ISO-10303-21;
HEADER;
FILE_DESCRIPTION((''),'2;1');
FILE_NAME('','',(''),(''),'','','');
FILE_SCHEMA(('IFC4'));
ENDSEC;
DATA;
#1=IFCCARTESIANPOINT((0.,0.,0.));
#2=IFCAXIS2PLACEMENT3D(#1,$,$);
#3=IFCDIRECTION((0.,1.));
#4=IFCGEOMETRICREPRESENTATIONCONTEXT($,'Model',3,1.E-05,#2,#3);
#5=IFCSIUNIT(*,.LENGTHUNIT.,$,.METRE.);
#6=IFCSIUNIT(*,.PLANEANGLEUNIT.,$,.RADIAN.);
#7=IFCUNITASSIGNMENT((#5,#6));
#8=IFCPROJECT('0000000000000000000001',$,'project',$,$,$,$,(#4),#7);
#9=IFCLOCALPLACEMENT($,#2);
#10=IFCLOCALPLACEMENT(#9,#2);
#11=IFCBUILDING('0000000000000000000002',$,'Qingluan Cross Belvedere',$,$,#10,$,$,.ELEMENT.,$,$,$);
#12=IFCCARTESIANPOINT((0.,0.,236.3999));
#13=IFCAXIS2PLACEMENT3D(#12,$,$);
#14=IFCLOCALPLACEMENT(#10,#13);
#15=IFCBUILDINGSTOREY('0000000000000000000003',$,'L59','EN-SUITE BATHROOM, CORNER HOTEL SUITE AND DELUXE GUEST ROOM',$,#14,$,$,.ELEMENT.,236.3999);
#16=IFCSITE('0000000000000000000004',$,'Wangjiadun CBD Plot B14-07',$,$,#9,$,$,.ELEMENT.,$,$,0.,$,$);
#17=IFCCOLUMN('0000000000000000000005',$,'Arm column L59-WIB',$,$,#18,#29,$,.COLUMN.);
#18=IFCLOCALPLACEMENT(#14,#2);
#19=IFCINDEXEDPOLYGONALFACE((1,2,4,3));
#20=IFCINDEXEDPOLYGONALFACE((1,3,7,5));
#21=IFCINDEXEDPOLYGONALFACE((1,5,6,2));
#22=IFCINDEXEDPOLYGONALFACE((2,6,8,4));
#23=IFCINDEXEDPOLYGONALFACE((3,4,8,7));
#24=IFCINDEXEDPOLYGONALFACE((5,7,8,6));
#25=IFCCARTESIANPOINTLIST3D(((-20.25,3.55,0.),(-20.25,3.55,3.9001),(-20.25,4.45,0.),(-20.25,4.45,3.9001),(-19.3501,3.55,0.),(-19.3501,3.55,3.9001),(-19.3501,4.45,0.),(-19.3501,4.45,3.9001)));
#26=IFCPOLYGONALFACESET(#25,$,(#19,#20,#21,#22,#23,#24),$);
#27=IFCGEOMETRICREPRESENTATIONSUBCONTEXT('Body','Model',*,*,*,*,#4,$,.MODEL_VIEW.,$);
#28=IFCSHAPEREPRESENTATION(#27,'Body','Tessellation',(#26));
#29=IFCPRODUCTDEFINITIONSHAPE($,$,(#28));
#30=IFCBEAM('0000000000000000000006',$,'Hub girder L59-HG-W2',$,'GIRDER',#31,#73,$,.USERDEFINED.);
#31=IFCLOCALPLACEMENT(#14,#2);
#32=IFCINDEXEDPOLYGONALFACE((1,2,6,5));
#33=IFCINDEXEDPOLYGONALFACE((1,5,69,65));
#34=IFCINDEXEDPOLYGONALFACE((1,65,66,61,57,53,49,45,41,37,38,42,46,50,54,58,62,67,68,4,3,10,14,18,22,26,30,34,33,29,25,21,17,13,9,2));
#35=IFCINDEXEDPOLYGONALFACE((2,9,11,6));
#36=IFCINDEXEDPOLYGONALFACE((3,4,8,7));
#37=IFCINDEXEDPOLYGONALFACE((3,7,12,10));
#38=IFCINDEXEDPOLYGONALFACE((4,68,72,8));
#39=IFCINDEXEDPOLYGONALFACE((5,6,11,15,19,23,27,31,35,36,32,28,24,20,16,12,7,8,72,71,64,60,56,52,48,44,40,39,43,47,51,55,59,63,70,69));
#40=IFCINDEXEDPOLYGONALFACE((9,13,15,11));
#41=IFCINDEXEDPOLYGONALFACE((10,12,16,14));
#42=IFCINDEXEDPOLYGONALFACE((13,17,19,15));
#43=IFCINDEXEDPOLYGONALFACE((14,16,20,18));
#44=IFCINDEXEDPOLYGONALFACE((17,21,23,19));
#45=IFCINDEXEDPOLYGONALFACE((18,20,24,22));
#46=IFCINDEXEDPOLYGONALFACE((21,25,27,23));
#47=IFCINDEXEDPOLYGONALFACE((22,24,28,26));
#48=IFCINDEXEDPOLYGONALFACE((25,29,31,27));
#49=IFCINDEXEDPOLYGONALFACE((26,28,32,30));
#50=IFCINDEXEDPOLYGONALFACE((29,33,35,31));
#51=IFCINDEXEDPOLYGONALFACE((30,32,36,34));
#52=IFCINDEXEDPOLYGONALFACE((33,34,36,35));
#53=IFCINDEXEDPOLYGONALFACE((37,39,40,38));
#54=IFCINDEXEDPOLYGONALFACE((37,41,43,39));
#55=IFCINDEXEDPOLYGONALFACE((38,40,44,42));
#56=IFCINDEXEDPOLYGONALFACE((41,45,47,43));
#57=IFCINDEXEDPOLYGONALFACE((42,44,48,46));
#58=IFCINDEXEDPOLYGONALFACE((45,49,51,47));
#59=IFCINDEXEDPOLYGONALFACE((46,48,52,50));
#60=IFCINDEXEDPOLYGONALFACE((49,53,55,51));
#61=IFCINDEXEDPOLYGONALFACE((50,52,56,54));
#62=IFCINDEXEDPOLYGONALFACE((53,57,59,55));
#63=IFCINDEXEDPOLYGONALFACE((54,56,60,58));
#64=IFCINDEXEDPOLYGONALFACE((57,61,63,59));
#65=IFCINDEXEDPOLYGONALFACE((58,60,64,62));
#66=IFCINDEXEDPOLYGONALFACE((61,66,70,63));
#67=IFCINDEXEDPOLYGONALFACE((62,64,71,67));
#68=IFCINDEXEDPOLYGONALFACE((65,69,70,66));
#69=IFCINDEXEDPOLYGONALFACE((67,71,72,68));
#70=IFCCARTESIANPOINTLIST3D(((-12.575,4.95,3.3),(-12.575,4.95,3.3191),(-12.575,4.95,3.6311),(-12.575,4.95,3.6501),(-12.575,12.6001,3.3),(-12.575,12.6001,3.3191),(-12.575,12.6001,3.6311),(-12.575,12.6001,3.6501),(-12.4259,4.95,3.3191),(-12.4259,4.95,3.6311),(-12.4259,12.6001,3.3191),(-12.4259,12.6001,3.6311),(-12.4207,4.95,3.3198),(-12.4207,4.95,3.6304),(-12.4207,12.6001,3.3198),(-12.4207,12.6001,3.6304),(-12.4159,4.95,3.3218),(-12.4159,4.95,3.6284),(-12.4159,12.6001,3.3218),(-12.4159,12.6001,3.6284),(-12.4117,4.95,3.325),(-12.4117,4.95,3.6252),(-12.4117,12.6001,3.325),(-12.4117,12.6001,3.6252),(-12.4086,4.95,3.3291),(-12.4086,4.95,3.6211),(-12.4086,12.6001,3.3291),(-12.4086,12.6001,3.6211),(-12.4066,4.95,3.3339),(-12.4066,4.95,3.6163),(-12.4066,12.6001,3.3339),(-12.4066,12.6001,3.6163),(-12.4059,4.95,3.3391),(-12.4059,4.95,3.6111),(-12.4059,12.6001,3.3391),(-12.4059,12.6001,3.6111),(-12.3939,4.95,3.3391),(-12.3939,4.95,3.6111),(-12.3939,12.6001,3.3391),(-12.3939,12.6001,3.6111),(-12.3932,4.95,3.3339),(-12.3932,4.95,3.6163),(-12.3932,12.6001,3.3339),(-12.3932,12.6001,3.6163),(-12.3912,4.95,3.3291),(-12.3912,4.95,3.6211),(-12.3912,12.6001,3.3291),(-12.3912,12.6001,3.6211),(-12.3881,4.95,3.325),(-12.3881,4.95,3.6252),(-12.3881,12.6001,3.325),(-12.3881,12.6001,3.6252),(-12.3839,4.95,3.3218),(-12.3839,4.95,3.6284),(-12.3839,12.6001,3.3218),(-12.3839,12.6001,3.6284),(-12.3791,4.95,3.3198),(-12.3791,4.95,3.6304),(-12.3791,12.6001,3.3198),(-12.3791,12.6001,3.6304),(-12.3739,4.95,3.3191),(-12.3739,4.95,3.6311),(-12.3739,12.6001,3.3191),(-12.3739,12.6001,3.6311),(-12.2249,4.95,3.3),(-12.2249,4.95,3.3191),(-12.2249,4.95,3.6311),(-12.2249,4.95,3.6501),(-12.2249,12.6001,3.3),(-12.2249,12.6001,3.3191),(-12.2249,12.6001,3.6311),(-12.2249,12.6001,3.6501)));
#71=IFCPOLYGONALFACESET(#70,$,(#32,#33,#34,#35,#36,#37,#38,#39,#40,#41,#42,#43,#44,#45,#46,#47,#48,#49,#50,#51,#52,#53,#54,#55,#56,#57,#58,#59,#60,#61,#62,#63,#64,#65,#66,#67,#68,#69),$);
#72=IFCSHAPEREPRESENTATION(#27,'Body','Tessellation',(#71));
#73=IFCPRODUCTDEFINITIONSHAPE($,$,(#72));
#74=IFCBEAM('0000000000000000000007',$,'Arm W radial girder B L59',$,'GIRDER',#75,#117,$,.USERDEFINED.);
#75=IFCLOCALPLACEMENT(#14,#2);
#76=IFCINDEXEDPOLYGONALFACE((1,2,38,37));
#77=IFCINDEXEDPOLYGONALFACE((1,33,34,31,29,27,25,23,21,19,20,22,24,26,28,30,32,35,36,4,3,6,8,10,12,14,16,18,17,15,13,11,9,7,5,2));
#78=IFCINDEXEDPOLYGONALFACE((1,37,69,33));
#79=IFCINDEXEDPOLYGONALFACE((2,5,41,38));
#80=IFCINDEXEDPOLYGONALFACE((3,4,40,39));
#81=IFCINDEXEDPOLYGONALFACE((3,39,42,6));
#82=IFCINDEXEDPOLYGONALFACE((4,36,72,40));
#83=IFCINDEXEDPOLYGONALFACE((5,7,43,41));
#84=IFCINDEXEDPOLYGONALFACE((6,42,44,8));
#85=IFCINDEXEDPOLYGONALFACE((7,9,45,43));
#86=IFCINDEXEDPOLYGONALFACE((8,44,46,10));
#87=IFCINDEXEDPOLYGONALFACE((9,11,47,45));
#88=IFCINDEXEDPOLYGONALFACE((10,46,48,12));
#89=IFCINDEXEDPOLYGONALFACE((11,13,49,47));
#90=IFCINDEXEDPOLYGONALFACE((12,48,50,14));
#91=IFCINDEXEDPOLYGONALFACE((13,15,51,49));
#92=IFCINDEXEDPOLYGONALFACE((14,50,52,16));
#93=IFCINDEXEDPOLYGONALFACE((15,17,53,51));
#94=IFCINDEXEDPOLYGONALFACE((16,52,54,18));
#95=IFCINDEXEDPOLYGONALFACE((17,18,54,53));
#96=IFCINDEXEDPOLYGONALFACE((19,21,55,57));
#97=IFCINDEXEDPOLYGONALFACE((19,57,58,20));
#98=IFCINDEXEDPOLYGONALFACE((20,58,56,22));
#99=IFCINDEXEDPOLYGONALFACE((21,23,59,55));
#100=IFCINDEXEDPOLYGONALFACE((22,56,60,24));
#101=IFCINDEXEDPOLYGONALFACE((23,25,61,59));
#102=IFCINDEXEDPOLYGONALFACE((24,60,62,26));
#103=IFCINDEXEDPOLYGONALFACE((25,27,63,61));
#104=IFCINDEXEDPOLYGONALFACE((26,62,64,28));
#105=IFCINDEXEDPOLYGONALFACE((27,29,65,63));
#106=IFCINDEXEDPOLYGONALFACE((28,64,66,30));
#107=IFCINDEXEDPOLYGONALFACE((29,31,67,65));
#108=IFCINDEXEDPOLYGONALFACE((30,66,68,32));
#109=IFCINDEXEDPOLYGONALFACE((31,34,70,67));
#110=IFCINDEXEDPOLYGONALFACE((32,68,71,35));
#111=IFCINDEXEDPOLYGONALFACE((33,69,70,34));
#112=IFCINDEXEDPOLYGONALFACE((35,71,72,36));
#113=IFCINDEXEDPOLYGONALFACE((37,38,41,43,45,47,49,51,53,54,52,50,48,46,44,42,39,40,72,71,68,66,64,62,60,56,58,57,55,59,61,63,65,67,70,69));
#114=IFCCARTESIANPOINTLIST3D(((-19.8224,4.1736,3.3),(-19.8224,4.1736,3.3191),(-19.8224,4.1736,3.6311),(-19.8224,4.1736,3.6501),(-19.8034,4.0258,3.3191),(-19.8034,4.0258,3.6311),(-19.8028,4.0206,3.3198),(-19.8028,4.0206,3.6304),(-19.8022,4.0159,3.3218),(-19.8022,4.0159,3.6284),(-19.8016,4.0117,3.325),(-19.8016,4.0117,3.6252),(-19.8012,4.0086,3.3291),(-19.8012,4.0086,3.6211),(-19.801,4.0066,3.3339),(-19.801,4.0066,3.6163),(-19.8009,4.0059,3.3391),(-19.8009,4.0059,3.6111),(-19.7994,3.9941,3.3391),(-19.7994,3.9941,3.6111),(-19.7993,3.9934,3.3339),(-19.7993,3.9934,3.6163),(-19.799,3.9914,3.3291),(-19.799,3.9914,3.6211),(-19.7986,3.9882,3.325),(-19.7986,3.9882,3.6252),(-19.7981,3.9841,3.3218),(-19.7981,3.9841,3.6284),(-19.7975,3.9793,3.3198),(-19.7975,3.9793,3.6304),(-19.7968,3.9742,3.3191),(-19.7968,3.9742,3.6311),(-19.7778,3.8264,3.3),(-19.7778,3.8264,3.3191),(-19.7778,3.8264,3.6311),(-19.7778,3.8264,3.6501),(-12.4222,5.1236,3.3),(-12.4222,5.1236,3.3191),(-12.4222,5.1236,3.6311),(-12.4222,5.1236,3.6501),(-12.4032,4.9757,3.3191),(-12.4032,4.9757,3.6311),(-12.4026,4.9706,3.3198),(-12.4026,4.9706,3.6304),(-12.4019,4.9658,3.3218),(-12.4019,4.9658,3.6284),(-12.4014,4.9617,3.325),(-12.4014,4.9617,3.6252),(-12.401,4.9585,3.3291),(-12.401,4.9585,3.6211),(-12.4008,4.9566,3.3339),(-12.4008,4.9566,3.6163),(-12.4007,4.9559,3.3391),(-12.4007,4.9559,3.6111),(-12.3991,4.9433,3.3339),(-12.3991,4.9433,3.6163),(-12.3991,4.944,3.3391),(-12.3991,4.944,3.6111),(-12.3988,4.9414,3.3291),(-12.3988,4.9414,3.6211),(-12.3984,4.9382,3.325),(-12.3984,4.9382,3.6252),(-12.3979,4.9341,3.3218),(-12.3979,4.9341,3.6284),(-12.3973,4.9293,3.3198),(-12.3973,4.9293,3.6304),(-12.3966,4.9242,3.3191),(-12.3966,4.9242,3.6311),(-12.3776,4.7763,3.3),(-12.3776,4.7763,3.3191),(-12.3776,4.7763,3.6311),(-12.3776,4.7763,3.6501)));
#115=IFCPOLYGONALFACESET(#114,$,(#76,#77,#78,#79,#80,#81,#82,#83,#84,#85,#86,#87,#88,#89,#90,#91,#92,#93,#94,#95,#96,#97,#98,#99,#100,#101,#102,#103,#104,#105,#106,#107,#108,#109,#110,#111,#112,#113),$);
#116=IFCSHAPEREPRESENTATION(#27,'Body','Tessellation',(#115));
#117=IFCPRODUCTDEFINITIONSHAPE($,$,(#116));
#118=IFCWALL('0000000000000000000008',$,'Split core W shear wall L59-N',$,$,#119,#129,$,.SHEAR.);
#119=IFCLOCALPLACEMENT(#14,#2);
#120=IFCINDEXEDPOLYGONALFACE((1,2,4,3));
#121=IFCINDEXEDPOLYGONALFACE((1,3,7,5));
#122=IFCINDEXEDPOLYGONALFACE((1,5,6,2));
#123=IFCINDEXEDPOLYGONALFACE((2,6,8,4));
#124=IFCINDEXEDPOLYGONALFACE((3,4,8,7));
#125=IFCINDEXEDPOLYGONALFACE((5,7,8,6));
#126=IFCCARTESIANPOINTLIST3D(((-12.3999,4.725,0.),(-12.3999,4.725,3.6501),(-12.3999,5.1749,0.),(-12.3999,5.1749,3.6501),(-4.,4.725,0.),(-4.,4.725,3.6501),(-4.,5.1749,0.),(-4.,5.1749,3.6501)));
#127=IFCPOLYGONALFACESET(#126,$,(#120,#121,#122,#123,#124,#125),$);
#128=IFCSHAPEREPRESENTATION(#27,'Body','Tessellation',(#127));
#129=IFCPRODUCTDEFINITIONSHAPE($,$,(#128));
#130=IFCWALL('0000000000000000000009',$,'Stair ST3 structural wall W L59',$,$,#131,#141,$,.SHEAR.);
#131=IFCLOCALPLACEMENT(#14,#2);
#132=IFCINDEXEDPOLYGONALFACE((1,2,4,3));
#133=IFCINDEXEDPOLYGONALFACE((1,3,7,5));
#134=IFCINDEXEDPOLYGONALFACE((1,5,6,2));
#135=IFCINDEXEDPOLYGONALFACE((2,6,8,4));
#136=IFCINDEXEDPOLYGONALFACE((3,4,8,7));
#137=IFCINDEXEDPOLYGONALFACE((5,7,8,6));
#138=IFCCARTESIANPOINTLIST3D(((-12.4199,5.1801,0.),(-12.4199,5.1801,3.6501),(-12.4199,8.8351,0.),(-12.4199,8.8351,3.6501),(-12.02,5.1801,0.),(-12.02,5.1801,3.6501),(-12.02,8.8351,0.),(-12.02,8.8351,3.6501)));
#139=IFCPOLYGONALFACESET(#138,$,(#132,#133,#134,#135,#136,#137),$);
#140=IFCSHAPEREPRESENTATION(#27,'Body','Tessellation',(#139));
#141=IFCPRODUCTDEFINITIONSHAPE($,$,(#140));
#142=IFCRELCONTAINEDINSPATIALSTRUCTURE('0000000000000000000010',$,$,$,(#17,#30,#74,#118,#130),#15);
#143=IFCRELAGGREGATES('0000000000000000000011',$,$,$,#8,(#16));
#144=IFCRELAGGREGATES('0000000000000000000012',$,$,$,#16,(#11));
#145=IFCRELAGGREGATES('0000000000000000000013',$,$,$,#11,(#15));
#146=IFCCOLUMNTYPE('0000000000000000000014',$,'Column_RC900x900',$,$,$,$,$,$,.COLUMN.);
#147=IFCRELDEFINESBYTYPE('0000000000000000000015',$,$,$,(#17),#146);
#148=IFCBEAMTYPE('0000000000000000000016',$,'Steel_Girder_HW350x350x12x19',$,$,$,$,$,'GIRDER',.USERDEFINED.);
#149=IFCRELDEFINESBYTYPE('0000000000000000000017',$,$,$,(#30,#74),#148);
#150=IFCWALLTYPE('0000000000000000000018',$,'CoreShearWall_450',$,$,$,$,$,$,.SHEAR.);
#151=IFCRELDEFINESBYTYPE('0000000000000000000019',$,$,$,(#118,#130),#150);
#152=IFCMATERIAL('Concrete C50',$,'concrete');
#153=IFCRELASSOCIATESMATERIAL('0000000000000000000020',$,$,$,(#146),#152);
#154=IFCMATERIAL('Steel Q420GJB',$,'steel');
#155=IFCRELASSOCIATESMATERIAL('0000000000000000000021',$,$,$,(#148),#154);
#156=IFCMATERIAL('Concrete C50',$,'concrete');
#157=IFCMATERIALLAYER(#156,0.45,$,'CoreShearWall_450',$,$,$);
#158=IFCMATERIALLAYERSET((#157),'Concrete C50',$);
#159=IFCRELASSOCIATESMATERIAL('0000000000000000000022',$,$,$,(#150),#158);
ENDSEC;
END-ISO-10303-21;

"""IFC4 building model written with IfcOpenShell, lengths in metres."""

from ifc_helpers import new_model, si_unit, direction, frame, frame_2d, origin, origin_2d, place, context, subcontext, project, spatial, rectangle, i_section, extrude, material, layer, layer_set, material_profile, profile_set, type_object, element, save


model = new_model("IFC4")

# Units and contexts
model_context = context("Model", 3, precision=1e-05, world=origin(), true_north=direction((0.0, 1.0)))
body_context = subcontext(model_context, "Body", "Model", "MODEL_VIEW")
ifc_project = project(units=[si_unit("LENGTHUNIT", "METRE"), si_unit("PLANEANGLEUNIT", "RADIAN")], contexts=[model_context])

# Site, building, storey
site_placement = place(None, origin())
site = spatial("IfcSite", under=ifc_project, at=site_placement, Name="Wangjiadun CBD Plot B14-07", CompositionType="ELEMENT", RefElevation=0.0)
building_placement = place(site_placement, origin())
building = spatial("IfcBuilding", under=site, at=building_placement, Name="Qingluan Cross Belvedere", CompositionType="ELEMENT")
storey_placement = place(building_placement, frame((0.0, 0.0, 236.3999)))
storey = spatial("IfcBuildingStorey", under=building, at=storey_placement, Name="L59", Description="EN-SUITE BATHROOM, CORNER HOTEL SUITE AND DELUXE GUEST ROOM", CompositionType="ELEMENT", Elevation=236.3999)

# Column
ifc_material_1 = material(Name="Concrete C50", Category="concrete")
ifc_material_profile_1 = material_profile(ifc_material_1, rectangle(XDim=0.8999, YDim=0.8999, at=origin_2d()), Name="RC900x900")
ifc_profile_set_1 = profile_set([ifc_material_profile_1], Name="Concrete C50")
column_type = type_object("IfcColumnType", Name="Column_RC900x900", PredefinedType="COLUMN", material=ifc_profile_set_1)
column_placement = place(storey_placement, frame((-19.8, 4.0, 0.0), z_axis=(0.0, 0.0, 1.0), x_axis=(1.0, 0.0, 0.0)))
element("IfcColumn", 1, at=column_placement, inside=storey, type_object=column_type, Name="Arm column L59-WIB", PredefinedType="COLUMN", context=body_context, shape_type="SweptSolid", body=[
    extrude(rectangle(XDim=0.8999, YDim=0.8999, at=origin_2d()), origin(), (0.0, 0.0, 1.0), 3.9001),
])

# Beams
ifc_material_2 = material(Name="Steel Q420GJB", Category="steel")
ifc_material_profile_2 = material_profile(ifc_material_2, i_section(OverallWidth=0.3501, OverallDepth=0.3501, WebThickness=0.012, FlangeThickness=0.019, FilletRadius=0.02, at=origin_2d()), Name="HW350x350x12x19")
ifc_profile_set_2 = profile_set([ifc_material_profile_2], Name="Steel Q420GJB")
beam_type = type_object("IfcBeamType", Name="Steel_Girder_HW350x350x12x19", ElementType="GIRDER", PredefinedType="USERDEFINED", material=ifc_profile_set_2)
beam_1_placement = place(storey_placement, frame((-12.3999, 4.95, 3.4751), z_axis=(0.0, 1.0, 0.0), x_axis=(-1.0, 0.0, 0.0)))
element("IfcBeam", 2, at=beam_1_placement, inside=storey, type_object=beam_type, Name="Hub girder L59-HG-W2", ObjectType="GIRDER", PredefinedType="USERDEFINED", context=body_context, shape_type="SweptSolid", body=[
    extrude(i_section(OverallWidth=0.3501, OverallDepth=0.3501, WebThickness=0.012, FlangeThickness=0.019, FilletRadius=0.02, at=origin_2d()), origin(), (0.0, 0.0, 1.0), 7.6501),
])
beam_2_placement = place(storey_placement, frame((-12.3999, 4.95, 3.4751), z_axis=(-0.991861, -0.127324, 0.0), x_axis=(0.127324, -0.991861, 0.0)))
element("IfcBeam", 3, at=beam_2_placement, inside=storey, type_object=beam_type, Name="Arm W radial girder B L59", ObjectType="GIRDER", PredefinedType="USERDEFINED", context=body_context, shape_type="SweptSolid", body=[
    extrude(i_section(OverallWidth=0.3501, OverallDepth=0.3501, WebThickness=0.012, FlangeThickness=0.019, FilletRadius=0.02, at=origin_2d()), origin(), (0.0, 0.0, 1.0), 7.4609),
])

# Walls
ifc_material_3 = material(Name="Concrete C50", Category="concrete")
ifc_layer_1 = layer(ifc_material_3, 0.45, Name="CoreShearWall_450")
ifc_layer_set_1 = layer_set([ifc_layer_1], Name="Concrete C50")
wall_type_1 = type_object("IfcWallType", Name="CoreShearWall_450", PredefinedType="SHEAR", material=ifc_layer_set_1)
wall_1_placement = place(storey_placement, frame((-12.3999, 4.95, 0.0), z_axis=(0.0, 0.0, 1.0), x_axis=(1.0, 0.0, 0.0)))
element("IfcWall", 4, at=wall_1_placement, inside=storey, type_object=wall_type_1, Name="Split core W shear wall L59-N", PredefinedType="SHEAR", context=body_context, shape_type="SweptSolid", body=[
    extrude(rectangle(XDim=8.3999, YDim=0.45, at=frame_2d((4.2, 0.0))), origin(), (0.0, 0.0, 1.0), 3.6501),
])
wall_2_placement = place(storey_placement, frame((-12.22, 5.1799, 0.0), z_axis=(0.0, 0.0, 1.0), x_axis=(0.0, 1.0, 0.0)))
element("IfcWall", 5, at=wall_2_placement, inside=storey, type_object=wall_type_1, Name="Stair ST3 structural wall W L59", PredefinedType="SHEAR", context=body_context, shape_type="SweptSolid", body=[
    extrude(rectangle(XDim=3.655, YDim=0.3999, at=frame_2d((1.8276, 0.0))), origin(), (0.0, 0.0, 1.0), 3.6501),
])

save(model, "model.ifc")
